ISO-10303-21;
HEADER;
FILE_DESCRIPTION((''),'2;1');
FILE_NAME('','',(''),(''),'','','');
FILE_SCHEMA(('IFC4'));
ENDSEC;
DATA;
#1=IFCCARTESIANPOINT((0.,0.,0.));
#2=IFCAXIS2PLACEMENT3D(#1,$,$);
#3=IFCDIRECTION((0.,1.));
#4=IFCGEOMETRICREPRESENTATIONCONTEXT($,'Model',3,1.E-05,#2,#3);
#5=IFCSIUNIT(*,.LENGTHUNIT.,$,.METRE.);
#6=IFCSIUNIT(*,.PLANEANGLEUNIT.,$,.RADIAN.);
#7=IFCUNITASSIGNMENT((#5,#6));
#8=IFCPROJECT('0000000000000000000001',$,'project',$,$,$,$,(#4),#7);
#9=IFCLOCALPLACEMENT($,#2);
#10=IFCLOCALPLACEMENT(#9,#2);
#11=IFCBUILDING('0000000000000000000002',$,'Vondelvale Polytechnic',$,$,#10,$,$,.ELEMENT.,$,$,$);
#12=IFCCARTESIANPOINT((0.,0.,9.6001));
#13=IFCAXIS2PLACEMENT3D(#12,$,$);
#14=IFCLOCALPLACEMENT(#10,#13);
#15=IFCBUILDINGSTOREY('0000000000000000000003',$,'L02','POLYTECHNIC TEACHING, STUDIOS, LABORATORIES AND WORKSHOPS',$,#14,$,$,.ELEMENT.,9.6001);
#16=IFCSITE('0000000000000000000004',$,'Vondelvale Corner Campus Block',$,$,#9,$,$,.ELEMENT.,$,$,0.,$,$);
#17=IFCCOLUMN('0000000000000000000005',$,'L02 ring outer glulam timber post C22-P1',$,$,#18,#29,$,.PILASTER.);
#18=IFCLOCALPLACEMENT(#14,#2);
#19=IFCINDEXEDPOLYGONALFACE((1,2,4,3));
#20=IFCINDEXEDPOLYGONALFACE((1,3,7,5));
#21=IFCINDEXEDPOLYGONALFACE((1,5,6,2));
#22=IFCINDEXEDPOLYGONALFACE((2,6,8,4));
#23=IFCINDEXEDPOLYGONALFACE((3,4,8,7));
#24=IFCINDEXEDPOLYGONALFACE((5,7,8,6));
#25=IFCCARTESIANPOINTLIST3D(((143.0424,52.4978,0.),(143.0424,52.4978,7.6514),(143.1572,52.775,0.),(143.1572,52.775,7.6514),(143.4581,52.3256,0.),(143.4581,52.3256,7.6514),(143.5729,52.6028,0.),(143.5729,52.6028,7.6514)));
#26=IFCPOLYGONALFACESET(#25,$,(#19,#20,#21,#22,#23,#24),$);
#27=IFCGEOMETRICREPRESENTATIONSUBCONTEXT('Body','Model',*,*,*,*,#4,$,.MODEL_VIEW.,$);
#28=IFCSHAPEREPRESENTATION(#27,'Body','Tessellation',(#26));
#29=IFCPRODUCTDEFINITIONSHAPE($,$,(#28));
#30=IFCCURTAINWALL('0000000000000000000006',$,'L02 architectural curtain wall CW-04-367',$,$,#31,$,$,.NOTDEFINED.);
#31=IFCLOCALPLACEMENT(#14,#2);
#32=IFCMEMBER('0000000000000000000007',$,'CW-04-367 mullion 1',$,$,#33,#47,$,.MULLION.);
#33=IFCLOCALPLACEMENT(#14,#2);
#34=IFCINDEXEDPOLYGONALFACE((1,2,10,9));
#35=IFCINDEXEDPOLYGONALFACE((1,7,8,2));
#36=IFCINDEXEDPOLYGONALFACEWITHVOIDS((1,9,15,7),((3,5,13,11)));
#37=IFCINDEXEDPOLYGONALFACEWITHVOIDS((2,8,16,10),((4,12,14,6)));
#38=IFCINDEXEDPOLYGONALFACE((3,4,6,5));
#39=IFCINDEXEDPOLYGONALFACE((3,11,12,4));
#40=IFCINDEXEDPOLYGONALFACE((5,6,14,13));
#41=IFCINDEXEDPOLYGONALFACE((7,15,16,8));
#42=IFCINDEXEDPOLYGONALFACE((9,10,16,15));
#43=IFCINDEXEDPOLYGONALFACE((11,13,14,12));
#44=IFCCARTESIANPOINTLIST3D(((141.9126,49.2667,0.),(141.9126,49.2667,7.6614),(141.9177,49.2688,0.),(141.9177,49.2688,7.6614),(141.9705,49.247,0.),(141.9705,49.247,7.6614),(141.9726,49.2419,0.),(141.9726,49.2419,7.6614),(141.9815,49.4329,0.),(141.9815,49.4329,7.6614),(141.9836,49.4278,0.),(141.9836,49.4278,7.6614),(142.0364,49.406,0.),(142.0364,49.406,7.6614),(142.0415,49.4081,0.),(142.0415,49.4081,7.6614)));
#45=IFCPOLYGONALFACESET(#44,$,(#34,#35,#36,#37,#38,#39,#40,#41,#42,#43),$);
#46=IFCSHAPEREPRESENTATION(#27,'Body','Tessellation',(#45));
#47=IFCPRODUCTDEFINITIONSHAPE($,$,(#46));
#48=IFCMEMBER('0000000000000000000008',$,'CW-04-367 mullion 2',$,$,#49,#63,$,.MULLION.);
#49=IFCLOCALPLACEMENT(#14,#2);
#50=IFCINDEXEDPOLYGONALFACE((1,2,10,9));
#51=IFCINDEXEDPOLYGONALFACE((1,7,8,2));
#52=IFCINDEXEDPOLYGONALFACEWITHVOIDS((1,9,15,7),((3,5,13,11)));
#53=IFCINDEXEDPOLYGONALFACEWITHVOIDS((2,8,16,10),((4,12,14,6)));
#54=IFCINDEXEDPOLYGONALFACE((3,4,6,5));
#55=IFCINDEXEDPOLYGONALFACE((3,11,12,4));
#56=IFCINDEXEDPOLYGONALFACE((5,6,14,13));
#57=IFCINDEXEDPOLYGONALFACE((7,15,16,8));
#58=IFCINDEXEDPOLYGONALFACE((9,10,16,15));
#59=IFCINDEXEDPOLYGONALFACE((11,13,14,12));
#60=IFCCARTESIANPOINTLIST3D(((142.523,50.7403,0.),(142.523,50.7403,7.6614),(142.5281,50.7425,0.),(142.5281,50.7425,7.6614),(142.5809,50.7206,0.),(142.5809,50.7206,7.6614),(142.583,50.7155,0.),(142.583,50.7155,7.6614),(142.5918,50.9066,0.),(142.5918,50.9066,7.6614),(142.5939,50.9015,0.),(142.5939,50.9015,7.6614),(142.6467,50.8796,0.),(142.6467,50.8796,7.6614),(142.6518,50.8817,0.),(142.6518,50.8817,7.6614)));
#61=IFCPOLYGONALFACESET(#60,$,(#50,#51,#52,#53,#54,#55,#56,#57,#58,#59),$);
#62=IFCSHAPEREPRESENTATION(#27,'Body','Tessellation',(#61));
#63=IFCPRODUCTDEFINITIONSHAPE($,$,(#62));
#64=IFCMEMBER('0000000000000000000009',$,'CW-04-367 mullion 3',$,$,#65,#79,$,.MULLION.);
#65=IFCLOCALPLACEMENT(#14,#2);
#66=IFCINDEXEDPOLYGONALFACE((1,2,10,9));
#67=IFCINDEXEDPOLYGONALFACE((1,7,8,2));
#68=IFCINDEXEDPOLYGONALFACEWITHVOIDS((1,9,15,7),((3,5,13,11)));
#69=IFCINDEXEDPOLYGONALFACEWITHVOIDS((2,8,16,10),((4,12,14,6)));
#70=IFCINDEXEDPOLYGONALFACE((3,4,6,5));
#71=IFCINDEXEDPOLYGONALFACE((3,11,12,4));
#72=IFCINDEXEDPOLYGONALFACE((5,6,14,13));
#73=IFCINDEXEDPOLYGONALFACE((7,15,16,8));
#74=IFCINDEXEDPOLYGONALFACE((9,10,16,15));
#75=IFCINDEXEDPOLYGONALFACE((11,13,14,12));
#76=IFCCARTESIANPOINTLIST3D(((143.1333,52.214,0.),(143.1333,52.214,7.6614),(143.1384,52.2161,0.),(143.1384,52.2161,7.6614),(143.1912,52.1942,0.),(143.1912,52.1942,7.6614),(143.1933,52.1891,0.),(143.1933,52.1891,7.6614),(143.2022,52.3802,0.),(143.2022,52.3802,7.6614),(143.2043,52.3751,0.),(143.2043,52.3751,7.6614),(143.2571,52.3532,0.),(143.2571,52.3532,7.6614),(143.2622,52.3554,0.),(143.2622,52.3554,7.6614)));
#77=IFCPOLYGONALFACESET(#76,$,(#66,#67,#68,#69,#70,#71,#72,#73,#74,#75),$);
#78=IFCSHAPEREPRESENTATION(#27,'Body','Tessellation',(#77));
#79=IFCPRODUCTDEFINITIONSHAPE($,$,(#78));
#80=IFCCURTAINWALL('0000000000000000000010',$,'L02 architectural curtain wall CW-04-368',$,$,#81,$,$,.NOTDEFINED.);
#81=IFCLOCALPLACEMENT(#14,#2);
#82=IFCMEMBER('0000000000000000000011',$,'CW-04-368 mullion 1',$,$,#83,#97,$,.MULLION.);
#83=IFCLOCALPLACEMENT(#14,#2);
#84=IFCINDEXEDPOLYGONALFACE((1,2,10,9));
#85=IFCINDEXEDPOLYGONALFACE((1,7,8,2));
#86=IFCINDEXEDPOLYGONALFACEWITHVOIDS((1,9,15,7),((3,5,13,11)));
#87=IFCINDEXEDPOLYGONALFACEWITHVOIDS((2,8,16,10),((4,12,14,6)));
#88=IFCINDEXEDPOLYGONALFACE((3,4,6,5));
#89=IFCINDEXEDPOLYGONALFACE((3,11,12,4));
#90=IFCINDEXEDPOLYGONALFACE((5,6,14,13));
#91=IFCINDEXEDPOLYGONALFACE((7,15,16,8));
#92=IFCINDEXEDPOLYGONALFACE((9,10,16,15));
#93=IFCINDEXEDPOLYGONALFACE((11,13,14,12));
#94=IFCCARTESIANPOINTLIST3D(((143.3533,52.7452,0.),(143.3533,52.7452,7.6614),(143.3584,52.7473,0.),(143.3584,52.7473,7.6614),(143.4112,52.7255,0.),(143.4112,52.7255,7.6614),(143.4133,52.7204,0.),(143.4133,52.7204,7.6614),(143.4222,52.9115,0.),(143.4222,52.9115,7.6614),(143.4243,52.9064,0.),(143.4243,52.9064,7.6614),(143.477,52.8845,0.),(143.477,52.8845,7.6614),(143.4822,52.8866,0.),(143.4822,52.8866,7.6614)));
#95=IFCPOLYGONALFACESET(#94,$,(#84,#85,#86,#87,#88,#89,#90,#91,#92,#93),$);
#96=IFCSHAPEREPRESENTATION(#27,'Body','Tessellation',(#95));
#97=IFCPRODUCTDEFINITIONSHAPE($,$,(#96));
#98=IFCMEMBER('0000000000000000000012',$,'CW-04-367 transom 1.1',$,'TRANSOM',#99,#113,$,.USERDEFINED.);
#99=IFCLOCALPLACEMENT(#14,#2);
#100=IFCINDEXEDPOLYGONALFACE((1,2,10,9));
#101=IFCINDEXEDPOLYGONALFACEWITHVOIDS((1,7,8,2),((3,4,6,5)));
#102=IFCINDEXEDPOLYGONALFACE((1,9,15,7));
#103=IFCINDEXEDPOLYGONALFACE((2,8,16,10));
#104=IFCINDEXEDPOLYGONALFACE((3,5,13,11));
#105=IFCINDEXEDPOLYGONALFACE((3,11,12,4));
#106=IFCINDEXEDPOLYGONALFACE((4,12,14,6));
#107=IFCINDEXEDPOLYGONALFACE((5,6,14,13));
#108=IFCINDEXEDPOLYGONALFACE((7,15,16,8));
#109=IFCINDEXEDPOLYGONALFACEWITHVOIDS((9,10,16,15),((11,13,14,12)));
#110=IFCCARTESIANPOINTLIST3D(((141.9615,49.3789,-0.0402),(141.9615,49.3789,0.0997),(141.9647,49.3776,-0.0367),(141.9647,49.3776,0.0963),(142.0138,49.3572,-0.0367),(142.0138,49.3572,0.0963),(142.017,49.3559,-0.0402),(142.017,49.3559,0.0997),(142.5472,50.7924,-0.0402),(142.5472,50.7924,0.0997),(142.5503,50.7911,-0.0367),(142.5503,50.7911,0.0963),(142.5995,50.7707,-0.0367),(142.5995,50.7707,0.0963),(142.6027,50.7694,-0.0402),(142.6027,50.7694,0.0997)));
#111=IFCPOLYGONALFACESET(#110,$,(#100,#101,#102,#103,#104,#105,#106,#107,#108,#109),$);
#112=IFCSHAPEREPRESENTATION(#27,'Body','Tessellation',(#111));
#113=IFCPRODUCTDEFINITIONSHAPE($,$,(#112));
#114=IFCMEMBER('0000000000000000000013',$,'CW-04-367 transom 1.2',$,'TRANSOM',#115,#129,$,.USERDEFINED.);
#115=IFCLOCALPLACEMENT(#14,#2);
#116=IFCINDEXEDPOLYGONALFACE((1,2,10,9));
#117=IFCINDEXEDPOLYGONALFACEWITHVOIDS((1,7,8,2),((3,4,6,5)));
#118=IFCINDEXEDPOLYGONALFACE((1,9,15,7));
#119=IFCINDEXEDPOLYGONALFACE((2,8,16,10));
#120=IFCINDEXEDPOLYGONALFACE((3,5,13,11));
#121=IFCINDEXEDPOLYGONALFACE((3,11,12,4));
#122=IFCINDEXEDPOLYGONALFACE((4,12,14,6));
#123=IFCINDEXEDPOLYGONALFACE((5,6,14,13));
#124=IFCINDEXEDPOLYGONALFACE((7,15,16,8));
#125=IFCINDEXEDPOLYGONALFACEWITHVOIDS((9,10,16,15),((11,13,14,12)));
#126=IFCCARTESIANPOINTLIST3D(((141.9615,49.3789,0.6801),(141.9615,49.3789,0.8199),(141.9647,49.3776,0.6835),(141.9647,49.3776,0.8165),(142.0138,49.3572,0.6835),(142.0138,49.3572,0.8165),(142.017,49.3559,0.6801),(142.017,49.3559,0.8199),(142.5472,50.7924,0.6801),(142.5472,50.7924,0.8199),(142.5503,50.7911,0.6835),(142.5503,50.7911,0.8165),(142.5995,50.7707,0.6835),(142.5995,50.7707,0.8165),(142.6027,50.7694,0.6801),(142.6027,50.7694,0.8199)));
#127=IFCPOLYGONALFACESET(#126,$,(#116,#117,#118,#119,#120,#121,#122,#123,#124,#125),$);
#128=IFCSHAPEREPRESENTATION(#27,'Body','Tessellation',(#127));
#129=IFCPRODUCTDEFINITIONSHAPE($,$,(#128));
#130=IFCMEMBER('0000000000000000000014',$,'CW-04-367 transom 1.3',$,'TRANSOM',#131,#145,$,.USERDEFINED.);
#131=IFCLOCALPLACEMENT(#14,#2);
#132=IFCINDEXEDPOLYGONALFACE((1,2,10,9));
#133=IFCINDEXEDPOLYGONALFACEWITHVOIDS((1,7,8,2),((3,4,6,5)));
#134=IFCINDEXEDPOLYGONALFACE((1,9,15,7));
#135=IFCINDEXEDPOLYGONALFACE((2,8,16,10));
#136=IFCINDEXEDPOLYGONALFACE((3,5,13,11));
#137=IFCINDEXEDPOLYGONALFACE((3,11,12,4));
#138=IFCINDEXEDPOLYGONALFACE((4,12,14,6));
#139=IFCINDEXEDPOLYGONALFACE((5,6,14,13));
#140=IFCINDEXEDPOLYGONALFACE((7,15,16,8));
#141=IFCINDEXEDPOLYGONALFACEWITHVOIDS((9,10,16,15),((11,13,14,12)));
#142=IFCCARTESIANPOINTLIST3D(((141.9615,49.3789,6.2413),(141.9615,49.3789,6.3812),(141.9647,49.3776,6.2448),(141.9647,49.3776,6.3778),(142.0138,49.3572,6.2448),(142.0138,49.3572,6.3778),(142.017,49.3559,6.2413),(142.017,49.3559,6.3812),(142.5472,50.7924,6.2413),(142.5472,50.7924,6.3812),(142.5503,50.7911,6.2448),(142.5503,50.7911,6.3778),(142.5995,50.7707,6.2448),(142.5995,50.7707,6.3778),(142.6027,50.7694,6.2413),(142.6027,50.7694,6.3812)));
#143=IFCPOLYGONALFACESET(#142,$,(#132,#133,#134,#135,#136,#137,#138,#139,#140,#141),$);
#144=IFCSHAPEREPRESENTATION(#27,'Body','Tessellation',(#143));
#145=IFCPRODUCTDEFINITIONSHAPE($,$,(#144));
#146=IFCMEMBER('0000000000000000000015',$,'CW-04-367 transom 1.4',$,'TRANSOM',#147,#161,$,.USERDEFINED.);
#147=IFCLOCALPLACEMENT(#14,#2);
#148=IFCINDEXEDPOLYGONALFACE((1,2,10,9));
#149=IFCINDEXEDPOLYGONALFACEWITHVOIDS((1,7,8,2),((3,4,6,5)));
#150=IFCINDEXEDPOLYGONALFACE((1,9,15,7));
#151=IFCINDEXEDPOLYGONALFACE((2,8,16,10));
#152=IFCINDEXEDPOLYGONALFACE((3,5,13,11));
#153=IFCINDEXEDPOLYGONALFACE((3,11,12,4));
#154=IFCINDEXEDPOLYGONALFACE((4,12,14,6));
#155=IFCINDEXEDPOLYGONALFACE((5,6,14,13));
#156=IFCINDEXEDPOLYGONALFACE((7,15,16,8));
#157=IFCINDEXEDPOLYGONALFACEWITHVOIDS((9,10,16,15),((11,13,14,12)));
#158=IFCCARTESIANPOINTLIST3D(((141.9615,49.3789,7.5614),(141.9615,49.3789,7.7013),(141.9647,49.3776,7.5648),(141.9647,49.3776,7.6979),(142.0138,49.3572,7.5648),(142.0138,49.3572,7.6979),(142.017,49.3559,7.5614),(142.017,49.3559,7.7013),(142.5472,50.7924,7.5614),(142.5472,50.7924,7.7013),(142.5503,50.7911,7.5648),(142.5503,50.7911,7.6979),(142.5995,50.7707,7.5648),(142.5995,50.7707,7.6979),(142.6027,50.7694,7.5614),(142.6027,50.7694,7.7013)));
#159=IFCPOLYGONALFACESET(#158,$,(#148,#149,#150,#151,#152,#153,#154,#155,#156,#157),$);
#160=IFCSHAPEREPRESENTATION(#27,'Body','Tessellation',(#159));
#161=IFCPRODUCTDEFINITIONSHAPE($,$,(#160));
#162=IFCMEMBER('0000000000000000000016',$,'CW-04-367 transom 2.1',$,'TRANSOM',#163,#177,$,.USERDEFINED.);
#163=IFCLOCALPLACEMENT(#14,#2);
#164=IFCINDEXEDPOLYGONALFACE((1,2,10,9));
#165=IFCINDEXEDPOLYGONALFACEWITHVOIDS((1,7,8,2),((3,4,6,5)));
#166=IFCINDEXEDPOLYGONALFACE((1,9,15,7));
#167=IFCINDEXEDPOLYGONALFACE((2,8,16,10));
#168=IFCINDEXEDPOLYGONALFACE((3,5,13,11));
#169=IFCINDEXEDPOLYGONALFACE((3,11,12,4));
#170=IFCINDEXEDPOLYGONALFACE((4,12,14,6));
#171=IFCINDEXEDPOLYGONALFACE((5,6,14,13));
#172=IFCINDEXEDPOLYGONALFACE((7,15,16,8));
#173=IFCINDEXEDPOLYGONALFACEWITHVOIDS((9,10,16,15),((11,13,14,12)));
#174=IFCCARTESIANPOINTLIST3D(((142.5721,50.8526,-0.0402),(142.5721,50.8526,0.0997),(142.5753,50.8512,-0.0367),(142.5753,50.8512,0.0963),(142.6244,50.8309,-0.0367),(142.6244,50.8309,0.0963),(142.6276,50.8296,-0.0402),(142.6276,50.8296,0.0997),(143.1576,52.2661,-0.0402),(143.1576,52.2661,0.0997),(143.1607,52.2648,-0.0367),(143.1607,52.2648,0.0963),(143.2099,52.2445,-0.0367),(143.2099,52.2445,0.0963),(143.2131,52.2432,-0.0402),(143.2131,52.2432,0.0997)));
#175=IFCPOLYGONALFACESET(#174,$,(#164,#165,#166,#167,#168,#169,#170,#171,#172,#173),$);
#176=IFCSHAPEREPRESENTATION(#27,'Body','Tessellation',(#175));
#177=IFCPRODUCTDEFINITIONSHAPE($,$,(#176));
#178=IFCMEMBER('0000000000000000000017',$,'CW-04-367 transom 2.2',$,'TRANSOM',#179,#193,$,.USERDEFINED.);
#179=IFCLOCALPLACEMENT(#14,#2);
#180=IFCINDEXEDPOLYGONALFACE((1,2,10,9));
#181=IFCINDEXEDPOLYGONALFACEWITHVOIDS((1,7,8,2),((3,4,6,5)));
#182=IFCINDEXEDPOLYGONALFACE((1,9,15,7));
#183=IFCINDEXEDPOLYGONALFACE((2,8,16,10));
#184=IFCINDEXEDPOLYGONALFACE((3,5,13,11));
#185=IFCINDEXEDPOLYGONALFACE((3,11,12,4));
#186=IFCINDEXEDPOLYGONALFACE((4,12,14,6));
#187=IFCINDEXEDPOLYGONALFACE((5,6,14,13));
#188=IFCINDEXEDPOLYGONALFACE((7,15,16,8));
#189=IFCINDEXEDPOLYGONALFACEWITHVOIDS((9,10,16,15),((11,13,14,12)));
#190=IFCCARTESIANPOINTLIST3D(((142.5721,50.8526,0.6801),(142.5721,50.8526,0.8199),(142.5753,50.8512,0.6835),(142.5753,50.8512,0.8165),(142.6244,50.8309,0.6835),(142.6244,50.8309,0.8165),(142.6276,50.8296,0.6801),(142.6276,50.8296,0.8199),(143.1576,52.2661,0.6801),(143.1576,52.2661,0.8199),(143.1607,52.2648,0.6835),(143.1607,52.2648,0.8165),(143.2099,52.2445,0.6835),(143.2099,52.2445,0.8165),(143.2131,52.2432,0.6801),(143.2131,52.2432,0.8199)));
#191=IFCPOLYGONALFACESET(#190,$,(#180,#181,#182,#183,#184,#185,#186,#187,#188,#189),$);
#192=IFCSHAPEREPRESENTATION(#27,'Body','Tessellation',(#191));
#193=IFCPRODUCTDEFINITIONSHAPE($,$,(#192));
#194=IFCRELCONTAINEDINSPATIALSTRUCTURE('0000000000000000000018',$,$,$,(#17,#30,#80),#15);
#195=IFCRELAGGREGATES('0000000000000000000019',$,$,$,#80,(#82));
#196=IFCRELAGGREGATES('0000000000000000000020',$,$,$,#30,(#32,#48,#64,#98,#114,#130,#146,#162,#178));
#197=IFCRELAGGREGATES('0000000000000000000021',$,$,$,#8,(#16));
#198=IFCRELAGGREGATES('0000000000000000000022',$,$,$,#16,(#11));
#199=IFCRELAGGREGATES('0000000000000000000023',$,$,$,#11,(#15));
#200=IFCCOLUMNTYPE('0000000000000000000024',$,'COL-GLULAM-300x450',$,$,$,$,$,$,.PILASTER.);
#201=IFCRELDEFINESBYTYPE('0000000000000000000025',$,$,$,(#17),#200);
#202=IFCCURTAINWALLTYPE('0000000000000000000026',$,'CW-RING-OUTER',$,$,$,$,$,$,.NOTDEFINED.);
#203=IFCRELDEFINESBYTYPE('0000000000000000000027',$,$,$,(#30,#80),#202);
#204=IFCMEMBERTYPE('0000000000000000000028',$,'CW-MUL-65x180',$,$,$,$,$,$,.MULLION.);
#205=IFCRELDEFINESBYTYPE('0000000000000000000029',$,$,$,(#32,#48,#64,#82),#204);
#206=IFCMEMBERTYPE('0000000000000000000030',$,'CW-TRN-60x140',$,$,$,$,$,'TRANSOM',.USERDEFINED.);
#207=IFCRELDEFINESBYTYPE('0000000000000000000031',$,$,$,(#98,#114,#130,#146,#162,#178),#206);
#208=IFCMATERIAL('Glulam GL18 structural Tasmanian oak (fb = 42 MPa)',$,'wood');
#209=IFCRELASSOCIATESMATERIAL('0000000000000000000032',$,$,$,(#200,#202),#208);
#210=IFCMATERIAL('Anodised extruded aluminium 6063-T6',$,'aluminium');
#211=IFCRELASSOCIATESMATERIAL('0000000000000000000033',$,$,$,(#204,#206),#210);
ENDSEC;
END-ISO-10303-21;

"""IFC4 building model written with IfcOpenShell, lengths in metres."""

from ifc_helpers import new_model, si_unit, direction, frame, origin, origin_2d, place, context, subcontext, project, spatial, rectangle, hollow_rectangle, extrude, material, material_profile, profile_set, type_object, element, aggregate, save


model = new_model("IFC4")

# Units and contexts
model_context = context("Model", 3, precision=1e-05, world=origin(), true_north=direction((0.0, 1.0)))
body_context = subcontext(model_context, "Body", "Model", "MODEL_VIEW")
ifc_project = project(units=[si_unit("LENGTHUNIT", "METRE"), si_unit("PLANEANGLEUNIT", "RADIAN")], contexts=[model_context])

# Site, building, storey
site_placement = place(None, origin())
site = spatial("IfcSite", under=ifc_project, at=site_placement, Name="Vondelvale Corner Campus Block", CompositionType="ELEMENT", RefElevation=0.0)
building_placement = place(site_placement, origin())
building = spatial("IfcBuilding", under=site, at=building_placement, Name="Vondelvale Polytechnic", CompositionType="ELEMENT")
storey_placement = place(building_placement, frame((0.0, 0.0, 9.6001)))
storey = spatial("IfcBuildingStorey", under=building, at=storey_placement, Name="L02", Description="POLYTECHNIC TEACHING, STUDIOS, LABORATORIES AND WORKSHOPS", CompositionType="ELEMENT", Elevation=9.6001)

# Column
ifc_material_1 = material(Name="Glulam GL18 structural Tasmanian oak (fb = 42 MPa)", Category="wood")
ifc_material_profile_1 = material_profile(ifc_material_1, rectangle(XDim=0.3, YDim=0.45, at=origin_2d()), Name="GL-POST-300x450")
ifc_profile_set_1 = profile_set([ifc_material_profile_1], Name="Glulam GL18 structural Tasmanian oak (fb = 42 MPa)")
column_type = type_object("IfcColumnType", Name="COL-GLULAM-300x450", PredefinedType="PILASTER", material=ifc_profile_set_1)
column_placement = place(storey_placement, frame((143.3076, 52.5503, 0.0), z_axis=(0.0, 0.0, 1.0), x_axis=(0.382683, 0.92388, 0.0)))
element("IfcColumn", 1, at=column_placement, inside=storey, type_object=column_type, Name="L02 ring outer glulam timber post C22-P1", PredefinedType="PILASTER", context=body_context, shape_type="SweptSolid", body=[
    extrude(rectangle(XDim=0.3, YDim=0.45, at=origin_2d()), origin(), (0.0, 0.0, 1.0), 7.6514),
])

# Curtain wall, members
curtain_wall_type = type_object("IfcCurtainWallType", Name="CW-RING-OUTER", PredefinedType="NOTDEFINED", material=ifc_material_1)
curtain_wall_1_placement = place(storey_placement, origin())
curtain_wall_1 = element("IfcCurtainWall", 2, at=curtain_wall_1_placement, inside=storey, type_object=curtain_wall_type, Name="L02 architectural curtain wall CW-04-367", PredefinedType="NOTDEFINED")
ifc_material_2 = material(Name="Anodised extruded aluminium 6063-T6", Category="aluminium")
ifc_material_profile_2 = material_profile(ifc_material_2, hollow_rectangle(XDim=0.0649, YDim=0.1799, WallThickness=0.0039, at=origin_2d()), Name="CW-MUL-180x65")
ifc_profile_set_2 = profile_set([ifc_material_profile_2], Name="Anodised extruded aluminium 6063-T6")
member_type_1 = type_object("IfcMemberType", Name="CW-MUL-65x180", PredefinedType="MULLION", material=ifc_profile_set_2)
member_1_placement = place(storey_placement, frame((141.9771, 49.3374, 0.0), z_axis=(0.0, 0.0, 1.0), x_axis=(-0.923882, 0.382677, 0.0)))
member_1 = element("IfcMember", 3, at=member_1_placement, type_object=member_type_1, Name="CW-04-367 mullion 1", PredefinedType="MULLION", context=body_context, shape_type="SweptSolid", body=[
    extrude(hollow_rectangle(XDim=0.0649, YDim=0.1799, WallThickness=0.0039, at=origin_2d()), origin(), (0.0, 0.0, 1.0), 7.6614),
])
member_2_placement = place(storey_placement, frame((142.5874, 50.811, 0.0), z_axis=(0.0, 0.0, 1.0), x_axis=(-0.923882, 0.382677, 0.0)))
member_2 = element("IfcMember", 4, at=member_2_placement, type_object=member_type_1, Name="CW-04-367 mullion 2", PredefinedType="MULLION", context=body_context, shape_type="SweptSolid", body=[
    extrude(hollow_rectangle(XDim=0.0649, YDim=0.1799, WallThickness=0.0039, at=origin_2d()), origin(), (0.0, 0.0, 1.0), 7.6614),
])
member_3_placement = place(storey_placement, frame((143.1978, 52.2847, 0.0), z_axis=(0.0, 0.0, 1.0), x_axis=(-0.923882, 0.382677, 0.0)))
member_3 = element("IfcMember", 5, at=member_3_placement, type_object=member_type_1, Name="CW-04-367 mullion 3", PredefinedType="MULLION", context=body_context, shape_type="SweptSolid", body=[
    extrude(hollow_rectangle(XDim=0.0649, YDim=0.1799, WallThickness=0.0039, at=origin_2d()), origin(), (0.0, 0.0, 1.0), 7.6614),
])

# Curtain wall, member
curtain_wall_2_placement = place(storey_placement, origin())
curtain_wall_2 = element("IfcCurtainWall", 6, at=curtain_wall_2_placement, inside=storey, type_object=curtain_wall_type, Name="L02 architectural curtain wall CW-04-368", PredefinedType="NOTDEFINED")
member_4_placement = place(storey_placement, frame((143.4177, 52.8159, 0.0), z_axis=(0.0, 0.0, 1.0), x_axis=(-0.923875, 0.382695, 0.0)))
member_4 = element("IfcMember", 7, at=member_4_placement, type_object=member_type_1, Name="CW-04-368 mullion 1", PredefinedType="MULLION", context=body_context, shape_type="SweptSolid", body=[
    extrude(hollow_rectangle(XDim=0.0649, YDim=0.1799, WallThickness=0.0039, at=origin_2d()), origin(), (0.0, 0.0, 1.0), 7.6614),
])

# Members
ifc_material_profile_3 = material_profile(ifc_material_2, hollow_rectangle(XDim=0.0601, YDim=0.1399, WallThickness=0.0034, at=origin_2d()), Name="CW-TRN-140x60")
ifc_profile_set_3 = profile_set([ifc_material_profile_3], Name="Anodised extruded aluminium 6063-T6")
member_type_2 = type_object("IfcMemberType", Name="CW-TRN-60x140", ElementType="TRANSOM", PredefinedType="USERDEFINED", material=ifc_profile_set_3)
member_5_placement = place(storey_placement, frame((141.9893, 49.3674, 0.0298), z_axis=(0.382779, 0.92384, 0.0), x_axis=(-0.92384, 0.382779, 0.0)))
member_5 = element("IfcMember", 8, at=member_5_placement, type_object=member_type_2, Name="CW-04-367 transom 1.1", ObjectType="TRANSOM", PredefinedType="USERDEFINED", context=body_context, shape_type="SweptSolid", body=[
    extrude(hollow_rectangle(XDim=0.0601, YDim=0.1399, WallThickness=0.0034, at=origin_2d()), origin(), (0.0, 0.0, 1.0), 1.53),
])
member_6_placement = place(storey_placement, frame((141.9893, 49.3674, 0.75), z_axis=(0.382779, 0.92384, 0.0), x_axis=(-0.92384, 0.382779, 0.0)))
member_6 = element("IfcMember", 9, at=member_6_placement, type_object=member_type_2, Name="CW-04-367 transom 1.2", ObjectType="TRANSOM", PredefinedType="USERDEFINED", context=body_context, shape_type="SweptSolid", body=[
    extrude(hollow_rectangle(XDim=0.0601, YDim=0.1399, WallThickness=0.0034, at=origin_2d()), origin(), (0.0, 0.0, 1.0), 1.53),
])
member_7_placement = place(storey_placement, frame((141.9893, 49.3674, 6.3113), z_axis=(0.382779, 0.92384, 0.0), x_axis=(-0.92384, 0.382779, 0.0)))
member_7 = element("IfcMember", 10, at=member_7_placement, type_object=member_type_2, Name="CW-04-367 transom 1.3", ObjectType="TRANSOM", PredefinedType="USERDEFINED", context=body_context, shape_type="SweptSolid", body=[
    extrude(hollow_rectangle(XDim=0.0601, YDim=0.1399, WallThickness=0.0034, at=origin_2d()), origin(), (0.0, 0.0, 1.0), 1.53),
])
member_8_placement = place(storey_placement, frame((141.9893, 49.3674, 7.6313), z_axis=(0.382779, 0.92384, 0.0), x_axis=(-0.92384, 0.382779, 0.0)))
member_8 = element("IfcMember", 11, at=member_8_placement, type_object=member_type_2, Name="CW-04-367 transom 1.4", ObjectType="TRANSOM", PredefinedType="USERDEFINED", context=body_context, shape_type="SweptSolid", body=[
    extrude(hollow_rectangle(XDim=0.0601, YDim=0.1399, WallThickness=0.0034, at=origin_2d()), origin(), (0.0, 0.0, 1.0), 1.53),
])
member_9_placement = place(storey_placement, frame((142.5999, 50.8411, 0.0298), z_axis=(0.382643, 0.923896, 0.0), x_axis=(-0.923896, 0.382643, 0.0)))
member_9 = element("IfcMember", 12, at=member_9_placement, type_object=member_type_2, Name="CW-04-367 transom 2.1", ObjectType="TRANSOM", PredefinedType="USERDEFINED", context=body_context, shape_type="SweptSolid", body=[
    extrude(hollow_rectangle(XDim=0.0601, YDim=0.1399, WallThickness=0.0034, at=origin_2d()), origin(), (0.0, 0.0, 1.0), 1.53),
])
member_10_placement = place(storey_placement, frame((142.5999, 50.8411, 0.75), z_axis=(0.382643, 0.923896, 0.0), x_axis=(-0.923896, 0.382643, 0.0)))
member_10 = element("IfcMember", 13, at=member_10_placement, type_object=member_type_2, Name="CW-04-367 transom 2.2", ObjectType="TRANSOM", PredefinedType="USERDEFINED", context=body_context, shape_type="SweptSolid", body=[
    extrude(hollow_rectangle(XDim=0.0601, YDim=0.1399, WallThickness=0.0034, at=origin_2d()), origin(), (0.0, 0.0, 1.0), 1.53),
])
aggregate(curtain_wall_2, [member_4])

aggregate(curtain_wall_1, [member_1, member_2, member_3, member_5, member_6, member_7, member_8, member_9, member_10])

save(model, "model.ifc")
